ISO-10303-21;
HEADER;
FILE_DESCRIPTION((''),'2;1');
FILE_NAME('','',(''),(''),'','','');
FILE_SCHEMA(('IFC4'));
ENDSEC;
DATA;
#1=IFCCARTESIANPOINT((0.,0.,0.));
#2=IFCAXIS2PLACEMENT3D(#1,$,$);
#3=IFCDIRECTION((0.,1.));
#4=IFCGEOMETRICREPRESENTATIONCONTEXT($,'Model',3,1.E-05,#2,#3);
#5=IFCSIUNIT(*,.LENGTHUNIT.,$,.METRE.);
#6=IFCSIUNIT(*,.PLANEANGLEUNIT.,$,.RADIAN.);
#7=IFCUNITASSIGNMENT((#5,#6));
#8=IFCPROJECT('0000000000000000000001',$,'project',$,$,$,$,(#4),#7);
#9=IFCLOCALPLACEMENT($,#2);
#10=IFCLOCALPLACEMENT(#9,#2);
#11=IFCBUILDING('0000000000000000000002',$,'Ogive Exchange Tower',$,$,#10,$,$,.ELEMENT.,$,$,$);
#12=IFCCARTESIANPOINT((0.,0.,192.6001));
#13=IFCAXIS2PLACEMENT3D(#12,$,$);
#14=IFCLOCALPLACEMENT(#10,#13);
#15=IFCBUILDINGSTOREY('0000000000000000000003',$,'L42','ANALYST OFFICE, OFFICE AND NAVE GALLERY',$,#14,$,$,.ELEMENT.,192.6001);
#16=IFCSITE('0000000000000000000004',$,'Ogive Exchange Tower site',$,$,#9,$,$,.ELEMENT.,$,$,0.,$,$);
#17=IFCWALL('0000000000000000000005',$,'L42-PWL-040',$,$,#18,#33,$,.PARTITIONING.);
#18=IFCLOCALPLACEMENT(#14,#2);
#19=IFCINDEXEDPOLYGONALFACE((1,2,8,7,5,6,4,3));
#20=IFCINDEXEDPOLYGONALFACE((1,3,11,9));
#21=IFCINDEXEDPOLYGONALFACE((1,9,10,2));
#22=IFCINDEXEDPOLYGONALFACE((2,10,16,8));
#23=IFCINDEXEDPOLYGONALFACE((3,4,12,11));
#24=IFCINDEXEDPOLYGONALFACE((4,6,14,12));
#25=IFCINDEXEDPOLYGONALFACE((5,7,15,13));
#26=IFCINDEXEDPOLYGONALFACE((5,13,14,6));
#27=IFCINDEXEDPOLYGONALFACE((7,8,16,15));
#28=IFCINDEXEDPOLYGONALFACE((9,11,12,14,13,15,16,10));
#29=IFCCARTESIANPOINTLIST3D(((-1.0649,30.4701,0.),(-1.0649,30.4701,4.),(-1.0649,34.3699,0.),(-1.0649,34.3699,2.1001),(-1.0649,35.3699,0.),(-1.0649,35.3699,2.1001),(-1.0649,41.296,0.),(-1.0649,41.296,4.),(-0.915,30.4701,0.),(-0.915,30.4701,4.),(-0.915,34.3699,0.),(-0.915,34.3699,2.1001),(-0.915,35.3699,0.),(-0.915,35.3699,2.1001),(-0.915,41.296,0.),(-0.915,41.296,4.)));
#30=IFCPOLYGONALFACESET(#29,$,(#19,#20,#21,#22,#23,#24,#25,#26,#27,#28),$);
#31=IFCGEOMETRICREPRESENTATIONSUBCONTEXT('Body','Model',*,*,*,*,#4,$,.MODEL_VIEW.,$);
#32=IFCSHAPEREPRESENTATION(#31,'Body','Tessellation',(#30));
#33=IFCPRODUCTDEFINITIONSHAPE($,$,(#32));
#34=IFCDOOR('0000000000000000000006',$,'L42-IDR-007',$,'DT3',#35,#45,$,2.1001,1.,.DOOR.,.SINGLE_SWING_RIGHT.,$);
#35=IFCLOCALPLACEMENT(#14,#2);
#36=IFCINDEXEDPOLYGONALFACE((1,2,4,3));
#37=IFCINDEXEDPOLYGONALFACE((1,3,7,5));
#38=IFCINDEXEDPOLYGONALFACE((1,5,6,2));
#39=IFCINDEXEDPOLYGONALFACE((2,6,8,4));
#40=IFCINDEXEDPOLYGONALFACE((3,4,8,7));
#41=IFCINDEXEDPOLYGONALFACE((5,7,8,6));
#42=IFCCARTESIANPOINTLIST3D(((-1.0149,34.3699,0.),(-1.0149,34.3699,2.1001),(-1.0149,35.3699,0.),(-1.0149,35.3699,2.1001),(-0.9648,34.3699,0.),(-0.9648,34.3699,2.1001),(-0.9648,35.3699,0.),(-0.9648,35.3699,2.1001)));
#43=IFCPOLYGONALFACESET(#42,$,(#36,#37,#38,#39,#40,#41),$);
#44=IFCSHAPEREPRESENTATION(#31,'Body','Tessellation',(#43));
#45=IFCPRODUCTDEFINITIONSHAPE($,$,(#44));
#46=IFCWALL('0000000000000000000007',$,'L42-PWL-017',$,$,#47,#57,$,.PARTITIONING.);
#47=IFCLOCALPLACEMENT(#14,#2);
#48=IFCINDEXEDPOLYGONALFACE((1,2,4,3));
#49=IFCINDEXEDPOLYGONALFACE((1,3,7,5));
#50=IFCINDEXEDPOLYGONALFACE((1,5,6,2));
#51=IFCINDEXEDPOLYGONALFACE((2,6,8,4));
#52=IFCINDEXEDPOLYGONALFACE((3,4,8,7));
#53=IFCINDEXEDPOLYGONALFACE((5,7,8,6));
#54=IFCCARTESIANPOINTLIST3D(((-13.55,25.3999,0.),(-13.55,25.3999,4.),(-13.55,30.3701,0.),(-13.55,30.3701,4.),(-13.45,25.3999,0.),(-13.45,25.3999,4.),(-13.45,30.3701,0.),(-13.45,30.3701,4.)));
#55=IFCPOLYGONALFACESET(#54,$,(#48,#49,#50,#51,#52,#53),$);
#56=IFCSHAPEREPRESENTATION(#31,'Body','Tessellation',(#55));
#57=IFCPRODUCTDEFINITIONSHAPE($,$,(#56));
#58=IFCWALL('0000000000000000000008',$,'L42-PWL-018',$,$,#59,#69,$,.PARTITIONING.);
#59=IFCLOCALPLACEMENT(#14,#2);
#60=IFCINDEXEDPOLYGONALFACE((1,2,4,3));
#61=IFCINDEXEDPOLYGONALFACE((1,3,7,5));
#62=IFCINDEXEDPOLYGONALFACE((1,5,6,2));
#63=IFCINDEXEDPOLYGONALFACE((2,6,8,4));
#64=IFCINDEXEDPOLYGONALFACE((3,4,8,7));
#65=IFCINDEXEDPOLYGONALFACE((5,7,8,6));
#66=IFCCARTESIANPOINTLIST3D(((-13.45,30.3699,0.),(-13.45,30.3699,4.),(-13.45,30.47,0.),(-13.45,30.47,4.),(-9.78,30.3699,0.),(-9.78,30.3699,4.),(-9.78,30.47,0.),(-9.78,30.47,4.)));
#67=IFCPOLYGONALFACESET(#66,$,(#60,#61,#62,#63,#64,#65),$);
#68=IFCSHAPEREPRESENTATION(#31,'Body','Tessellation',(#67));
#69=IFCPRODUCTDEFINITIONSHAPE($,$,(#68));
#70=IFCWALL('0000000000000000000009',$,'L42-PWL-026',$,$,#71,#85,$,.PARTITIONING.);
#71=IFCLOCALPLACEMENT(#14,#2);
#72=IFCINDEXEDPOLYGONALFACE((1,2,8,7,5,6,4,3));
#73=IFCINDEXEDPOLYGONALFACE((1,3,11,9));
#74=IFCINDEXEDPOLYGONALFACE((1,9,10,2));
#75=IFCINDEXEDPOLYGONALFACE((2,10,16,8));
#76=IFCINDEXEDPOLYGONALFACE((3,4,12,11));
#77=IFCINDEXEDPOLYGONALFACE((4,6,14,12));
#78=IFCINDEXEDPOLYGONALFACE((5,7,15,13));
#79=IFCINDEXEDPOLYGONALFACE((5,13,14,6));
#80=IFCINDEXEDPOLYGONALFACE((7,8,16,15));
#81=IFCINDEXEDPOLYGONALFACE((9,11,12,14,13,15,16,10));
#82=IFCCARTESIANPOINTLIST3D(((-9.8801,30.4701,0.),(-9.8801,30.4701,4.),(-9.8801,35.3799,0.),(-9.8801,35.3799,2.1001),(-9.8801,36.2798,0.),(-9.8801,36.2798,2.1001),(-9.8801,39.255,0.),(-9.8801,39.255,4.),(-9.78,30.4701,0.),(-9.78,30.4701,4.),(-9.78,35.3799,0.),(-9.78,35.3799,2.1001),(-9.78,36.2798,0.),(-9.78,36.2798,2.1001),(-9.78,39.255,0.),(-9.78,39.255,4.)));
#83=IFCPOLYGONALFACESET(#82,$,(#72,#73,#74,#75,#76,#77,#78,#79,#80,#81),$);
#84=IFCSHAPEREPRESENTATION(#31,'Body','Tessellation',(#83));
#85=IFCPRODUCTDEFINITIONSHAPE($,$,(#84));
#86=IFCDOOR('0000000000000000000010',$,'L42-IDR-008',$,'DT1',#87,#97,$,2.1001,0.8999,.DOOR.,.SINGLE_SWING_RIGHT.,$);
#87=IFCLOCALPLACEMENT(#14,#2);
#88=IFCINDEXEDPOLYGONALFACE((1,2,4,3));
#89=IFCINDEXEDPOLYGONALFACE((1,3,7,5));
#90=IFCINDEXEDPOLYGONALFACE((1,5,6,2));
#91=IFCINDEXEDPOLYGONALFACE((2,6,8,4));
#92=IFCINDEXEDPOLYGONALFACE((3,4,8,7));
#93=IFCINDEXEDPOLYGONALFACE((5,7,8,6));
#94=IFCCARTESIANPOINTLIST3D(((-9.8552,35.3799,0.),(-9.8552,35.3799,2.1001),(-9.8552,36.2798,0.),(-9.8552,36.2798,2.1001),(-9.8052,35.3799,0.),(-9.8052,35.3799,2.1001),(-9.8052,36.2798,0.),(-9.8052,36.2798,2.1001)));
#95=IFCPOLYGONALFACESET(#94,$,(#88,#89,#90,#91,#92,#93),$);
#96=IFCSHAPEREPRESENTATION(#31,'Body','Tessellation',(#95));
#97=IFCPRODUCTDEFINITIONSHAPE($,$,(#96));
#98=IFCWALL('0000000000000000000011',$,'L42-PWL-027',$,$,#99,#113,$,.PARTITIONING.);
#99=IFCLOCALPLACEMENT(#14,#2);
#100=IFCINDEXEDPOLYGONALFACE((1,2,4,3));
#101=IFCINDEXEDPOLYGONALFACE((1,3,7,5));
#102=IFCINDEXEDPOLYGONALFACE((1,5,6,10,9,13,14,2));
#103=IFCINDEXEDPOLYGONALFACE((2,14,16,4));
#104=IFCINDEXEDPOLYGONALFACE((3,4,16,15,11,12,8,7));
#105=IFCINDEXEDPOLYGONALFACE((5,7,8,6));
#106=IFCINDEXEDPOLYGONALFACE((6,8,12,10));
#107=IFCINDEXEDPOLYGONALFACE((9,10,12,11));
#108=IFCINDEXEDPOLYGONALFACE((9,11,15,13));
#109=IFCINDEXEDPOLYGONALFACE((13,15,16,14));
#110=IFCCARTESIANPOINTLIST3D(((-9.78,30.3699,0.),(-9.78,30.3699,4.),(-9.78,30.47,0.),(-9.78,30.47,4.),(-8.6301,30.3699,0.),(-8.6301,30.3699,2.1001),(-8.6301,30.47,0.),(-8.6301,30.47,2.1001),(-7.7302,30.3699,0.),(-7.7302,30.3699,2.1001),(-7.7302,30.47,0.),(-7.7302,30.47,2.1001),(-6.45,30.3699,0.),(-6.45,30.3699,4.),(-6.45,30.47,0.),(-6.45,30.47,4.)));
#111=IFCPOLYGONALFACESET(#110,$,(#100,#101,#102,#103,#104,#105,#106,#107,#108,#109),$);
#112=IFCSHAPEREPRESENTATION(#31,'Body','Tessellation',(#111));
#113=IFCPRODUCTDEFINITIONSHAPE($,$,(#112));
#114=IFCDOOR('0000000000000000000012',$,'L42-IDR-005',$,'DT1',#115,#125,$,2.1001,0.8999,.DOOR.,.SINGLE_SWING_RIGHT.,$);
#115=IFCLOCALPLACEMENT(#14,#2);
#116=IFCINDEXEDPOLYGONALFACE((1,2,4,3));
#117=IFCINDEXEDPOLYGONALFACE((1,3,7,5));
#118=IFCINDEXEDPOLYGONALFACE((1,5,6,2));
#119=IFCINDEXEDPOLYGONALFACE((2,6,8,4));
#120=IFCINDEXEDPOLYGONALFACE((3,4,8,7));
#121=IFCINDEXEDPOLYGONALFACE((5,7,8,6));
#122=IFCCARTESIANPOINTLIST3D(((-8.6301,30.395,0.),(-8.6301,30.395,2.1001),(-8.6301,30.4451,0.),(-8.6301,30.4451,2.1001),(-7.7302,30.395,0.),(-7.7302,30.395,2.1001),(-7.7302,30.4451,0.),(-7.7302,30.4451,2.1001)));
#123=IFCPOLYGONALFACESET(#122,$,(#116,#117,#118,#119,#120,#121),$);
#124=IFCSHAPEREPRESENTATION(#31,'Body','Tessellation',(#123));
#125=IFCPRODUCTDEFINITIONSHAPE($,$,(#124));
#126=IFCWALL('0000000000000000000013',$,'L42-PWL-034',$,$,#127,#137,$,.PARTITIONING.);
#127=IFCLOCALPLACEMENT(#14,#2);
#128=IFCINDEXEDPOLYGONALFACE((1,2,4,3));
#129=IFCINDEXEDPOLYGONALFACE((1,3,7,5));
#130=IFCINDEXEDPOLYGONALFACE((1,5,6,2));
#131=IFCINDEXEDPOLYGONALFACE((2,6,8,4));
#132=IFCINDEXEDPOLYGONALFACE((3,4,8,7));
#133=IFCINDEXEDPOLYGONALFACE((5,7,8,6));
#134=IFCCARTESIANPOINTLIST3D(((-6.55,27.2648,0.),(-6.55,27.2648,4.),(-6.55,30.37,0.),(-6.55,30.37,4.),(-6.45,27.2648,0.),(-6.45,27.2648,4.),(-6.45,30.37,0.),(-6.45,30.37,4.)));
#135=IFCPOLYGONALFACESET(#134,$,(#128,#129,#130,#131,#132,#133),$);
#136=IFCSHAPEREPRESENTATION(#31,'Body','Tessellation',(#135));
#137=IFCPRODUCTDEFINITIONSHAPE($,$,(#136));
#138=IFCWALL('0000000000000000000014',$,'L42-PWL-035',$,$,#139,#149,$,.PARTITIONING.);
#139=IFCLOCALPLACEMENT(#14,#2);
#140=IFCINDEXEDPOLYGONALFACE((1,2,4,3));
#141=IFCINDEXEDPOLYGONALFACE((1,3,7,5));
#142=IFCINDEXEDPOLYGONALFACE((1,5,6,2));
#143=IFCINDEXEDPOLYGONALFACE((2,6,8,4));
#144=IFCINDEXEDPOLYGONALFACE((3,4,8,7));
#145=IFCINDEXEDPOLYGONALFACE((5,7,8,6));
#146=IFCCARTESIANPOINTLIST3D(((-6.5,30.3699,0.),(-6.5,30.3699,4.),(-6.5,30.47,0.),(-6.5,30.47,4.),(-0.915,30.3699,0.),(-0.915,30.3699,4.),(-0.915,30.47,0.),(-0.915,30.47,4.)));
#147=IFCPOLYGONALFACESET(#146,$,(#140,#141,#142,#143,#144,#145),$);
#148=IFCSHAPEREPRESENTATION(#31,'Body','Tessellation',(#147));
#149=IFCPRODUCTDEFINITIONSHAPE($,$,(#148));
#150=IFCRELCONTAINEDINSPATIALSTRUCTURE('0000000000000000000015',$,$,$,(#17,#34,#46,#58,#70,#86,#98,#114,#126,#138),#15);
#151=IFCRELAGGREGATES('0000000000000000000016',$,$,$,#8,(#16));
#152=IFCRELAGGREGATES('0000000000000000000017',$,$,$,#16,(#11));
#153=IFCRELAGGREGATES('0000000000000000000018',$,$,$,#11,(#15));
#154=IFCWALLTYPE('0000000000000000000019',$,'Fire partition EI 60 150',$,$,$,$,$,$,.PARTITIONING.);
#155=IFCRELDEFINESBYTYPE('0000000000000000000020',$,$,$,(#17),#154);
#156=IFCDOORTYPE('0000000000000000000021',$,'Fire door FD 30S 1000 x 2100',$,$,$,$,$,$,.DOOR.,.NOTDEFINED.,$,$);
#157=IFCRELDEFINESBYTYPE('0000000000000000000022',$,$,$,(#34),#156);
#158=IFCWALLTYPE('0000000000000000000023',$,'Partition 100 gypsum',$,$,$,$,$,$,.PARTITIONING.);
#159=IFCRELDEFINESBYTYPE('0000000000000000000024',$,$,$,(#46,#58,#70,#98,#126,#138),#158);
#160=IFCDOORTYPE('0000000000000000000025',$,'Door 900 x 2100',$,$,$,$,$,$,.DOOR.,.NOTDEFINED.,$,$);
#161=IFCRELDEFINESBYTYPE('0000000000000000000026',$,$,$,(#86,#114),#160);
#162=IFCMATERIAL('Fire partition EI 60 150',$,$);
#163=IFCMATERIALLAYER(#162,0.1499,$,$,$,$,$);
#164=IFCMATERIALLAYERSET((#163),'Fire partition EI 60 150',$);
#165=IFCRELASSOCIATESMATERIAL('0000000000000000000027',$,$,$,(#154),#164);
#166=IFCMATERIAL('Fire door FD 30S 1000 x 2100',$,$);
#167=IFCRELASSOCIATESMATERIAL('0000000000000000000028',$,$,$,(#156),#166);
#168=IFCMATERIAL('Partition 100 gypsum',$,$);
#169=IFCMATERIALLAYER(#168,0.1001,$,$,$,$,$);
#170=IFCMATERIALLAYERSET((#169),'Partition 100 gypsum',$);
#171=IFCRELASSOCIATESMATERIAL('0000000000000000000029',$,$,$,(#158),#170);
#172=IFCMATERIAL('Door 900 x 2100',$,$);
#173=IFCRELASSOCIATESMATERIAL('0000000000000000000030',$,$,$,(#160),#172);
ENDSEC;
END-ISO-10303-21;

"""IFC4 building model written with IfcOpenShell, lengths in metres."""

from ifc_helpers import new_model, si_unit, direction, frame, frame_2d, origin, place, context, subcontext, project, spatial, rectangle, extrude, material, layer, layer_set, type_object, element, fill, save


model = new_model("IFC4")

# Units and contexts
model_context = context("Model", 3, precision=1e-05, world=origin(), true_north=direction((0.0, 1.0)))
body_context = subcontext(model_context, "Body", "Model", "MODEL_VIEW")
ifc_project = project(units=[si_unit("LENGTHUNIT", "METRE"), si_unit("PLANEANGLEUNIT", "RADIAN")], contexts=[model_context])

# Site, building, storey
site_placement = place(None, origin())
site = spatial("IfcSite", under=ifc_project, at=site_placement, Name="Ogive Exchange Tower site", CompositionType="ELEMENT", RefElevation=0.0)
building_placement = place(site_placement, origin())
building = spatial("IfcBuilding", under=site, at=building_placement, Name="Ogive Exchange Tower", CompositionType="ELEMENT")
storey_placement = place(building_placement, frame((0.0, 0.0, 192.6001)))
storey = spatial("IfcBuildingStorey", under=building, at=storey_placement, Name="L42", Description="ANALYST OFFICE, OFFICE AND NAVE GALLERY", CompositionType="ELEMENT", Elevation=192.6001)

# Shared definitions
ifc_material_1 = material(Name="Fire partition EI 60 150")
ifc_layer_1 = layer(ifc_material_1, 0.1499)
ifc_layer_set_1 = layer_set([ifc_layer_1], Name="Fire partition EI 60 150")
wall_type_1 = type_object("IfcWallType", Name="Fire partition EI 60 150", PredefinedType="PARTITIONING", material=ifc_layer_set_1)

# Wall, opening, door
wall_1_placement = place(storey_placement, frame((-0.99, 30.47, 0.0), z_axis=(0.0, 0.0, 1.0), x_axis=(0.0, 1.0, 0.0)))
wall_1 = element("IfcWall", 1, at=wall_1_placement, inside=storey, type_object=wall_type_1, Name="L42-PWL-040", PredefinedType="PARTITIONING", context=body_context, shape_type="SweptSolid", body=[
    extrude(rectangle(XDim=10.8259, YDim=0.1499, at=frame_2d((5.4131, 0.0))), origin(), (0.0, 0.0, 1.0), 4.0),
])
opening_1_placement = place(wall_1_placement, frame((3.8999, 0.0, 0.0)))
opening_1 = element("IfcOpeningElement", 2, at=opening_1_placement, cuts=wall_1, PredefinedType="OPENING", context=body_context, shape_type="SweptSolid", body=[
    extrude(rectangle(XDim=1.0, YDim=2.1001, at=frame_2d((0.5, 1.05))), frame((0.0, 0.085, 0.0), z_axis=(0.0, -1.0, 0.0), x_axis=(1.0, 0.0, 0.0)), (0.0, 0.0, 1.0), 0.1699),
])
ifc_material_2 = material(Name="Fire door FD 30S 1000 x 2100")
door_type_1 = type_object("IfcDoorType", Name="Fire door FD 30S 1000 x 2100", OperationType="NOTDEFINED", PredefinedType="DOOR", material=ifc_material_2)
door_1_placement = place(opening_1_placement, origin())
door_1 = element("IfcDoor", 3, at=door_1_placement, inside=storey, type_object=door_type_1, Name="L42-IDR-007", ObjectType="DT3", OperationType="SINGLE_SWING_RIGHT", OverallHeight=2.1001, OverallWidth=1.0, PredefinedType="DOOR", context=body_context, shape_type="SweptSolid", body=[
    extrude(rectangle(XDim=1.0, YDim=2.1001, at=frame_2d((0.5, 1.05))), frame((0.0, 0.0249, 0.0), z_axis=(0.0, -1.0, 0.0), x_axis=(1.0, 0.0, 0.0)), (0.0, 0.0, 1.0), 0.05),
])
fill(opening_1, door_1)

# Walls
ifc_material_3 = material(Name="Partition 100 gypsum")
ifc_layer_2 = layer(ifc_material_3, 0.1001)
ifc_layer_set_2 = layer_set([ifc_layer_2], Name="Partition 100 gypsum")
wall_type_2 = type_object("IfcWallType", Name="Partition 100 gypsum", PredefinedType="PARTITIONING", material=ifc_layer_set_2)
wall_2_placement = place(storey_placement, frame((-13.5, 30.3701, 0.0), z_axis=(0.0, 0.0, 1.0), x_axis=(0.0, -1.0, 0.0)))
element("IfcWall", 4, at=wall_2_placement, inside=storey, type_object=wall_type_2, Name="L42-PWL-017", PredefinedType="PARTITIONING", context=body_context, shape_type="SweptSolid", body=[
    extrude(rectangle(XDim=4.9702, YDim=0.1001, at=frame_2d((2.4851, 0.0))), origin(), (0.0, 0.0, 1.0), 4.0),
])
wall_3_placement = place(storey_placement, frame((-13.45, 30.4199, 0.0), z_axis=(0.0, 0.0, 1.0), x_axis=(1.0, 0.0, 0.0)))
element("IfcWall", 5, at=wall_3_placement, inside=storey, type_object=wall_type_2, Name="L42-PWL-018", PredefinedType="PARTITIONING", context=body_context, shape_type="SweptSolid", body=[
    extrude(rectangle(XDim=3.6699, YDim=0.1001, at=frame_2d((1.835, 0.0))), origin(), (0.0, 0.0, 1.0), 4.0),
])

# Walls, openings, doors
wall_4_placement = place(storey_placement, frame((-9.8301, 30.47, 0.0), z_axis=(0.0, 0.0, 1.0), x_axis=(0.0, 1.0, 0.0)))
wall_4 = element("IfcWall", 6, at=wall_4_placement, inside=storey, type_object=wall_type_2, Name="L42-PWL-026", PredefinedType="PARTITIONING", context=body_context, shape_type="SweptSolid", body=[
    extrude(rectangle(XDim=8.7849, YDim=0.1001, at=frame_2d((4.3926, 0.0))), origin(), (0.0, 0.0, 1.0), 4.0),
])
opening_2_placement = place(wall_4_placement, frame((4.9099, 0.0, 0.0)))
opening_2 = element("IfcOpeningElement", 7, at=opening_2_placement, cuts=wall_4, PredefinedType="OPENING", context=body_context, shape_type="SweptSolid", body=[
    extrude(rectangle(XDim=0.8999, YDim=2.1001, at=frame_2d((0.45, 1.05))), frame((0.0, 0.0601, 0.0), z_axis=(0.0, -1.0, 0.0), x_axis=(1.0, 0.0, 0.0)), (0.0, 0.0, 1.0), 0.1201),
])
ifc_material_4 = material(Name="Door 900 x 2100")
door_type_2 = type_object("IfcDoorType", Name="Door 900 x 2100", OperationType="NOTDEFINED", PredefinedType="DOOR", material=ifc_material_4)
door_2_placement = place(opening_2_placement, frame((0.8999, 0.0, 0.0), z_axis=(0.0, 0.0, 1.0), x_axis=(-1.0, 0.0, 0.0)))
door_2 = element("IfcDoor", 8, at=door_2_placement, inside=storey, type_object=door_type_2, Name="L42-IDR-008", ObjectType="DT1", OperationType="SINGLE_SWING_RIGHT", OverallHeight=2.1001, OverallWidth=0.8999, PredefinedType="DOOR", context=body_context, shape_type="SweptSolid", body=[
    extrude(rectangle(XDim=0.8999, YDim=2.1001, at=frame_2d((0.45, 1.05))), frame((0.0, 0.0249, 0.0), z_axis=(0.0, -1.0, 0.0), x_axis=(1.0, 0.0, 0.0)), (0.0, 0.0, 1.0), 0.05),
])
fill(opening_2, door_2)
wall_5_placement = place(storey_placement, frame((-9.78, 30.4199, 0.0), z_axis=(0.0, 0.0, 1.0), x_axis=(1.0, 0.0, 0.0)))
wall_5 = element("IfcWall", 9, at=wall_5_placement, inside=storey, type_object=wall_type_2, Name="L42-PWL-027", PredefinedType="PARTITIONING", context=body_context, shape_type="SweptSolid", body=[
    extrude(rectangle(XDim=3.3301, YDim=0.1001, at=frame_2d((1.665, 0.0))), origin(), (0.0, 0.0, 1.0), 4.0),
])
opening_3_placement = place(wall_5_placement, frame((1.1499, 0.0, 0.0)))
opening_3 = element("IfcOpeningElement", 10, at=opening_3_placement, cuts=wall_5, PredefinedType="OPENING", context=body_context, shape_type="SweptSolid", body=[
    extrude(rectangle(XDim=0.8999, YDim=2.1001, at=frame_2d((0.45, 1.05))), frame((0.0, 0.0601, 0.0), z_axis=(0.0, -1.0, 0.0), x_axis=(1.0, 0.0, 0.0)), (0.0, 0.0, 1.0), 0.1201),
])
door_3_placement = place(opening_3_placement, frame((0.8999, 0.0, 0.0), z_axis=(0.0, 0.0, 1.0), x_axis=(-1.0, 0.0, 0.0)))
door_3 = element("IfcDoor", 11, at=door_3_placement, inside=storey, type_object=door_type_2, Name="L42-IDR-005", ObjectType="DT1", OperationType="SINGLE_SWING_RIGHT", OverallHeight=2.1001, OverallWidth=0.8999, PredefinedType="DOOR", context=body_context, shape_type="SweptSolid", body=[
    extrude(rectangle(XDim=0.8999, YDim=2.1001, at=frame_2d((0.45, 1.05))), frame((0.0, 0.0249, 0.0), z_axis=(0.0, -1.0, 0.0), x_axis=(1.0, 0.0, 0.0)), (0.0, 0.0, 1.0), 0.05),
])
fill(opening_3, door_3)

# Walls
wall_6_placement = place(storey_placement, frame((-6.5, 30.3701, 0.0), z_axis=(0.0, 0.0, 1.0), x_axis=(0.0, -1.0, 0.0)))
element("IfcWall", 12, at=wall_6_placement, inside=storey, type_object=wall_type_2, Name="L42-PWL-034", PredefinedType="PARTITIONING", context=body_context, shape_type="SweptSolid", body=[
    extrude(rectangle(XDim=3.1052, YDim=0.1001, at=frame_2d((1.5527, 0.0))), origin(), (0.0, 0.0, 1.0), 4.0),
])
wall_7_placement = place(storey_placement, frame((-6.5, 30.4199, 0.0), z_axis=(0.0, 0.0, 1.0), x_axis=(1.0, 0.0, 0.0)))
element("IfcWall", 13, at=wall_7_placement, inside=storey, type_object=wall_type_2, Name="L42-PWL-035", PredefinedType="PARTITIONING", context=body_context, shape_type="SweptSolid", body=[
    extrude(rectangle(XDim=5.585, YDim=0.1001, at=frame_2d((2.7925, 0.0))), origin(), (0.0, 0.0, 1.0), 4.0),
])

save(model, "model.ifc")
